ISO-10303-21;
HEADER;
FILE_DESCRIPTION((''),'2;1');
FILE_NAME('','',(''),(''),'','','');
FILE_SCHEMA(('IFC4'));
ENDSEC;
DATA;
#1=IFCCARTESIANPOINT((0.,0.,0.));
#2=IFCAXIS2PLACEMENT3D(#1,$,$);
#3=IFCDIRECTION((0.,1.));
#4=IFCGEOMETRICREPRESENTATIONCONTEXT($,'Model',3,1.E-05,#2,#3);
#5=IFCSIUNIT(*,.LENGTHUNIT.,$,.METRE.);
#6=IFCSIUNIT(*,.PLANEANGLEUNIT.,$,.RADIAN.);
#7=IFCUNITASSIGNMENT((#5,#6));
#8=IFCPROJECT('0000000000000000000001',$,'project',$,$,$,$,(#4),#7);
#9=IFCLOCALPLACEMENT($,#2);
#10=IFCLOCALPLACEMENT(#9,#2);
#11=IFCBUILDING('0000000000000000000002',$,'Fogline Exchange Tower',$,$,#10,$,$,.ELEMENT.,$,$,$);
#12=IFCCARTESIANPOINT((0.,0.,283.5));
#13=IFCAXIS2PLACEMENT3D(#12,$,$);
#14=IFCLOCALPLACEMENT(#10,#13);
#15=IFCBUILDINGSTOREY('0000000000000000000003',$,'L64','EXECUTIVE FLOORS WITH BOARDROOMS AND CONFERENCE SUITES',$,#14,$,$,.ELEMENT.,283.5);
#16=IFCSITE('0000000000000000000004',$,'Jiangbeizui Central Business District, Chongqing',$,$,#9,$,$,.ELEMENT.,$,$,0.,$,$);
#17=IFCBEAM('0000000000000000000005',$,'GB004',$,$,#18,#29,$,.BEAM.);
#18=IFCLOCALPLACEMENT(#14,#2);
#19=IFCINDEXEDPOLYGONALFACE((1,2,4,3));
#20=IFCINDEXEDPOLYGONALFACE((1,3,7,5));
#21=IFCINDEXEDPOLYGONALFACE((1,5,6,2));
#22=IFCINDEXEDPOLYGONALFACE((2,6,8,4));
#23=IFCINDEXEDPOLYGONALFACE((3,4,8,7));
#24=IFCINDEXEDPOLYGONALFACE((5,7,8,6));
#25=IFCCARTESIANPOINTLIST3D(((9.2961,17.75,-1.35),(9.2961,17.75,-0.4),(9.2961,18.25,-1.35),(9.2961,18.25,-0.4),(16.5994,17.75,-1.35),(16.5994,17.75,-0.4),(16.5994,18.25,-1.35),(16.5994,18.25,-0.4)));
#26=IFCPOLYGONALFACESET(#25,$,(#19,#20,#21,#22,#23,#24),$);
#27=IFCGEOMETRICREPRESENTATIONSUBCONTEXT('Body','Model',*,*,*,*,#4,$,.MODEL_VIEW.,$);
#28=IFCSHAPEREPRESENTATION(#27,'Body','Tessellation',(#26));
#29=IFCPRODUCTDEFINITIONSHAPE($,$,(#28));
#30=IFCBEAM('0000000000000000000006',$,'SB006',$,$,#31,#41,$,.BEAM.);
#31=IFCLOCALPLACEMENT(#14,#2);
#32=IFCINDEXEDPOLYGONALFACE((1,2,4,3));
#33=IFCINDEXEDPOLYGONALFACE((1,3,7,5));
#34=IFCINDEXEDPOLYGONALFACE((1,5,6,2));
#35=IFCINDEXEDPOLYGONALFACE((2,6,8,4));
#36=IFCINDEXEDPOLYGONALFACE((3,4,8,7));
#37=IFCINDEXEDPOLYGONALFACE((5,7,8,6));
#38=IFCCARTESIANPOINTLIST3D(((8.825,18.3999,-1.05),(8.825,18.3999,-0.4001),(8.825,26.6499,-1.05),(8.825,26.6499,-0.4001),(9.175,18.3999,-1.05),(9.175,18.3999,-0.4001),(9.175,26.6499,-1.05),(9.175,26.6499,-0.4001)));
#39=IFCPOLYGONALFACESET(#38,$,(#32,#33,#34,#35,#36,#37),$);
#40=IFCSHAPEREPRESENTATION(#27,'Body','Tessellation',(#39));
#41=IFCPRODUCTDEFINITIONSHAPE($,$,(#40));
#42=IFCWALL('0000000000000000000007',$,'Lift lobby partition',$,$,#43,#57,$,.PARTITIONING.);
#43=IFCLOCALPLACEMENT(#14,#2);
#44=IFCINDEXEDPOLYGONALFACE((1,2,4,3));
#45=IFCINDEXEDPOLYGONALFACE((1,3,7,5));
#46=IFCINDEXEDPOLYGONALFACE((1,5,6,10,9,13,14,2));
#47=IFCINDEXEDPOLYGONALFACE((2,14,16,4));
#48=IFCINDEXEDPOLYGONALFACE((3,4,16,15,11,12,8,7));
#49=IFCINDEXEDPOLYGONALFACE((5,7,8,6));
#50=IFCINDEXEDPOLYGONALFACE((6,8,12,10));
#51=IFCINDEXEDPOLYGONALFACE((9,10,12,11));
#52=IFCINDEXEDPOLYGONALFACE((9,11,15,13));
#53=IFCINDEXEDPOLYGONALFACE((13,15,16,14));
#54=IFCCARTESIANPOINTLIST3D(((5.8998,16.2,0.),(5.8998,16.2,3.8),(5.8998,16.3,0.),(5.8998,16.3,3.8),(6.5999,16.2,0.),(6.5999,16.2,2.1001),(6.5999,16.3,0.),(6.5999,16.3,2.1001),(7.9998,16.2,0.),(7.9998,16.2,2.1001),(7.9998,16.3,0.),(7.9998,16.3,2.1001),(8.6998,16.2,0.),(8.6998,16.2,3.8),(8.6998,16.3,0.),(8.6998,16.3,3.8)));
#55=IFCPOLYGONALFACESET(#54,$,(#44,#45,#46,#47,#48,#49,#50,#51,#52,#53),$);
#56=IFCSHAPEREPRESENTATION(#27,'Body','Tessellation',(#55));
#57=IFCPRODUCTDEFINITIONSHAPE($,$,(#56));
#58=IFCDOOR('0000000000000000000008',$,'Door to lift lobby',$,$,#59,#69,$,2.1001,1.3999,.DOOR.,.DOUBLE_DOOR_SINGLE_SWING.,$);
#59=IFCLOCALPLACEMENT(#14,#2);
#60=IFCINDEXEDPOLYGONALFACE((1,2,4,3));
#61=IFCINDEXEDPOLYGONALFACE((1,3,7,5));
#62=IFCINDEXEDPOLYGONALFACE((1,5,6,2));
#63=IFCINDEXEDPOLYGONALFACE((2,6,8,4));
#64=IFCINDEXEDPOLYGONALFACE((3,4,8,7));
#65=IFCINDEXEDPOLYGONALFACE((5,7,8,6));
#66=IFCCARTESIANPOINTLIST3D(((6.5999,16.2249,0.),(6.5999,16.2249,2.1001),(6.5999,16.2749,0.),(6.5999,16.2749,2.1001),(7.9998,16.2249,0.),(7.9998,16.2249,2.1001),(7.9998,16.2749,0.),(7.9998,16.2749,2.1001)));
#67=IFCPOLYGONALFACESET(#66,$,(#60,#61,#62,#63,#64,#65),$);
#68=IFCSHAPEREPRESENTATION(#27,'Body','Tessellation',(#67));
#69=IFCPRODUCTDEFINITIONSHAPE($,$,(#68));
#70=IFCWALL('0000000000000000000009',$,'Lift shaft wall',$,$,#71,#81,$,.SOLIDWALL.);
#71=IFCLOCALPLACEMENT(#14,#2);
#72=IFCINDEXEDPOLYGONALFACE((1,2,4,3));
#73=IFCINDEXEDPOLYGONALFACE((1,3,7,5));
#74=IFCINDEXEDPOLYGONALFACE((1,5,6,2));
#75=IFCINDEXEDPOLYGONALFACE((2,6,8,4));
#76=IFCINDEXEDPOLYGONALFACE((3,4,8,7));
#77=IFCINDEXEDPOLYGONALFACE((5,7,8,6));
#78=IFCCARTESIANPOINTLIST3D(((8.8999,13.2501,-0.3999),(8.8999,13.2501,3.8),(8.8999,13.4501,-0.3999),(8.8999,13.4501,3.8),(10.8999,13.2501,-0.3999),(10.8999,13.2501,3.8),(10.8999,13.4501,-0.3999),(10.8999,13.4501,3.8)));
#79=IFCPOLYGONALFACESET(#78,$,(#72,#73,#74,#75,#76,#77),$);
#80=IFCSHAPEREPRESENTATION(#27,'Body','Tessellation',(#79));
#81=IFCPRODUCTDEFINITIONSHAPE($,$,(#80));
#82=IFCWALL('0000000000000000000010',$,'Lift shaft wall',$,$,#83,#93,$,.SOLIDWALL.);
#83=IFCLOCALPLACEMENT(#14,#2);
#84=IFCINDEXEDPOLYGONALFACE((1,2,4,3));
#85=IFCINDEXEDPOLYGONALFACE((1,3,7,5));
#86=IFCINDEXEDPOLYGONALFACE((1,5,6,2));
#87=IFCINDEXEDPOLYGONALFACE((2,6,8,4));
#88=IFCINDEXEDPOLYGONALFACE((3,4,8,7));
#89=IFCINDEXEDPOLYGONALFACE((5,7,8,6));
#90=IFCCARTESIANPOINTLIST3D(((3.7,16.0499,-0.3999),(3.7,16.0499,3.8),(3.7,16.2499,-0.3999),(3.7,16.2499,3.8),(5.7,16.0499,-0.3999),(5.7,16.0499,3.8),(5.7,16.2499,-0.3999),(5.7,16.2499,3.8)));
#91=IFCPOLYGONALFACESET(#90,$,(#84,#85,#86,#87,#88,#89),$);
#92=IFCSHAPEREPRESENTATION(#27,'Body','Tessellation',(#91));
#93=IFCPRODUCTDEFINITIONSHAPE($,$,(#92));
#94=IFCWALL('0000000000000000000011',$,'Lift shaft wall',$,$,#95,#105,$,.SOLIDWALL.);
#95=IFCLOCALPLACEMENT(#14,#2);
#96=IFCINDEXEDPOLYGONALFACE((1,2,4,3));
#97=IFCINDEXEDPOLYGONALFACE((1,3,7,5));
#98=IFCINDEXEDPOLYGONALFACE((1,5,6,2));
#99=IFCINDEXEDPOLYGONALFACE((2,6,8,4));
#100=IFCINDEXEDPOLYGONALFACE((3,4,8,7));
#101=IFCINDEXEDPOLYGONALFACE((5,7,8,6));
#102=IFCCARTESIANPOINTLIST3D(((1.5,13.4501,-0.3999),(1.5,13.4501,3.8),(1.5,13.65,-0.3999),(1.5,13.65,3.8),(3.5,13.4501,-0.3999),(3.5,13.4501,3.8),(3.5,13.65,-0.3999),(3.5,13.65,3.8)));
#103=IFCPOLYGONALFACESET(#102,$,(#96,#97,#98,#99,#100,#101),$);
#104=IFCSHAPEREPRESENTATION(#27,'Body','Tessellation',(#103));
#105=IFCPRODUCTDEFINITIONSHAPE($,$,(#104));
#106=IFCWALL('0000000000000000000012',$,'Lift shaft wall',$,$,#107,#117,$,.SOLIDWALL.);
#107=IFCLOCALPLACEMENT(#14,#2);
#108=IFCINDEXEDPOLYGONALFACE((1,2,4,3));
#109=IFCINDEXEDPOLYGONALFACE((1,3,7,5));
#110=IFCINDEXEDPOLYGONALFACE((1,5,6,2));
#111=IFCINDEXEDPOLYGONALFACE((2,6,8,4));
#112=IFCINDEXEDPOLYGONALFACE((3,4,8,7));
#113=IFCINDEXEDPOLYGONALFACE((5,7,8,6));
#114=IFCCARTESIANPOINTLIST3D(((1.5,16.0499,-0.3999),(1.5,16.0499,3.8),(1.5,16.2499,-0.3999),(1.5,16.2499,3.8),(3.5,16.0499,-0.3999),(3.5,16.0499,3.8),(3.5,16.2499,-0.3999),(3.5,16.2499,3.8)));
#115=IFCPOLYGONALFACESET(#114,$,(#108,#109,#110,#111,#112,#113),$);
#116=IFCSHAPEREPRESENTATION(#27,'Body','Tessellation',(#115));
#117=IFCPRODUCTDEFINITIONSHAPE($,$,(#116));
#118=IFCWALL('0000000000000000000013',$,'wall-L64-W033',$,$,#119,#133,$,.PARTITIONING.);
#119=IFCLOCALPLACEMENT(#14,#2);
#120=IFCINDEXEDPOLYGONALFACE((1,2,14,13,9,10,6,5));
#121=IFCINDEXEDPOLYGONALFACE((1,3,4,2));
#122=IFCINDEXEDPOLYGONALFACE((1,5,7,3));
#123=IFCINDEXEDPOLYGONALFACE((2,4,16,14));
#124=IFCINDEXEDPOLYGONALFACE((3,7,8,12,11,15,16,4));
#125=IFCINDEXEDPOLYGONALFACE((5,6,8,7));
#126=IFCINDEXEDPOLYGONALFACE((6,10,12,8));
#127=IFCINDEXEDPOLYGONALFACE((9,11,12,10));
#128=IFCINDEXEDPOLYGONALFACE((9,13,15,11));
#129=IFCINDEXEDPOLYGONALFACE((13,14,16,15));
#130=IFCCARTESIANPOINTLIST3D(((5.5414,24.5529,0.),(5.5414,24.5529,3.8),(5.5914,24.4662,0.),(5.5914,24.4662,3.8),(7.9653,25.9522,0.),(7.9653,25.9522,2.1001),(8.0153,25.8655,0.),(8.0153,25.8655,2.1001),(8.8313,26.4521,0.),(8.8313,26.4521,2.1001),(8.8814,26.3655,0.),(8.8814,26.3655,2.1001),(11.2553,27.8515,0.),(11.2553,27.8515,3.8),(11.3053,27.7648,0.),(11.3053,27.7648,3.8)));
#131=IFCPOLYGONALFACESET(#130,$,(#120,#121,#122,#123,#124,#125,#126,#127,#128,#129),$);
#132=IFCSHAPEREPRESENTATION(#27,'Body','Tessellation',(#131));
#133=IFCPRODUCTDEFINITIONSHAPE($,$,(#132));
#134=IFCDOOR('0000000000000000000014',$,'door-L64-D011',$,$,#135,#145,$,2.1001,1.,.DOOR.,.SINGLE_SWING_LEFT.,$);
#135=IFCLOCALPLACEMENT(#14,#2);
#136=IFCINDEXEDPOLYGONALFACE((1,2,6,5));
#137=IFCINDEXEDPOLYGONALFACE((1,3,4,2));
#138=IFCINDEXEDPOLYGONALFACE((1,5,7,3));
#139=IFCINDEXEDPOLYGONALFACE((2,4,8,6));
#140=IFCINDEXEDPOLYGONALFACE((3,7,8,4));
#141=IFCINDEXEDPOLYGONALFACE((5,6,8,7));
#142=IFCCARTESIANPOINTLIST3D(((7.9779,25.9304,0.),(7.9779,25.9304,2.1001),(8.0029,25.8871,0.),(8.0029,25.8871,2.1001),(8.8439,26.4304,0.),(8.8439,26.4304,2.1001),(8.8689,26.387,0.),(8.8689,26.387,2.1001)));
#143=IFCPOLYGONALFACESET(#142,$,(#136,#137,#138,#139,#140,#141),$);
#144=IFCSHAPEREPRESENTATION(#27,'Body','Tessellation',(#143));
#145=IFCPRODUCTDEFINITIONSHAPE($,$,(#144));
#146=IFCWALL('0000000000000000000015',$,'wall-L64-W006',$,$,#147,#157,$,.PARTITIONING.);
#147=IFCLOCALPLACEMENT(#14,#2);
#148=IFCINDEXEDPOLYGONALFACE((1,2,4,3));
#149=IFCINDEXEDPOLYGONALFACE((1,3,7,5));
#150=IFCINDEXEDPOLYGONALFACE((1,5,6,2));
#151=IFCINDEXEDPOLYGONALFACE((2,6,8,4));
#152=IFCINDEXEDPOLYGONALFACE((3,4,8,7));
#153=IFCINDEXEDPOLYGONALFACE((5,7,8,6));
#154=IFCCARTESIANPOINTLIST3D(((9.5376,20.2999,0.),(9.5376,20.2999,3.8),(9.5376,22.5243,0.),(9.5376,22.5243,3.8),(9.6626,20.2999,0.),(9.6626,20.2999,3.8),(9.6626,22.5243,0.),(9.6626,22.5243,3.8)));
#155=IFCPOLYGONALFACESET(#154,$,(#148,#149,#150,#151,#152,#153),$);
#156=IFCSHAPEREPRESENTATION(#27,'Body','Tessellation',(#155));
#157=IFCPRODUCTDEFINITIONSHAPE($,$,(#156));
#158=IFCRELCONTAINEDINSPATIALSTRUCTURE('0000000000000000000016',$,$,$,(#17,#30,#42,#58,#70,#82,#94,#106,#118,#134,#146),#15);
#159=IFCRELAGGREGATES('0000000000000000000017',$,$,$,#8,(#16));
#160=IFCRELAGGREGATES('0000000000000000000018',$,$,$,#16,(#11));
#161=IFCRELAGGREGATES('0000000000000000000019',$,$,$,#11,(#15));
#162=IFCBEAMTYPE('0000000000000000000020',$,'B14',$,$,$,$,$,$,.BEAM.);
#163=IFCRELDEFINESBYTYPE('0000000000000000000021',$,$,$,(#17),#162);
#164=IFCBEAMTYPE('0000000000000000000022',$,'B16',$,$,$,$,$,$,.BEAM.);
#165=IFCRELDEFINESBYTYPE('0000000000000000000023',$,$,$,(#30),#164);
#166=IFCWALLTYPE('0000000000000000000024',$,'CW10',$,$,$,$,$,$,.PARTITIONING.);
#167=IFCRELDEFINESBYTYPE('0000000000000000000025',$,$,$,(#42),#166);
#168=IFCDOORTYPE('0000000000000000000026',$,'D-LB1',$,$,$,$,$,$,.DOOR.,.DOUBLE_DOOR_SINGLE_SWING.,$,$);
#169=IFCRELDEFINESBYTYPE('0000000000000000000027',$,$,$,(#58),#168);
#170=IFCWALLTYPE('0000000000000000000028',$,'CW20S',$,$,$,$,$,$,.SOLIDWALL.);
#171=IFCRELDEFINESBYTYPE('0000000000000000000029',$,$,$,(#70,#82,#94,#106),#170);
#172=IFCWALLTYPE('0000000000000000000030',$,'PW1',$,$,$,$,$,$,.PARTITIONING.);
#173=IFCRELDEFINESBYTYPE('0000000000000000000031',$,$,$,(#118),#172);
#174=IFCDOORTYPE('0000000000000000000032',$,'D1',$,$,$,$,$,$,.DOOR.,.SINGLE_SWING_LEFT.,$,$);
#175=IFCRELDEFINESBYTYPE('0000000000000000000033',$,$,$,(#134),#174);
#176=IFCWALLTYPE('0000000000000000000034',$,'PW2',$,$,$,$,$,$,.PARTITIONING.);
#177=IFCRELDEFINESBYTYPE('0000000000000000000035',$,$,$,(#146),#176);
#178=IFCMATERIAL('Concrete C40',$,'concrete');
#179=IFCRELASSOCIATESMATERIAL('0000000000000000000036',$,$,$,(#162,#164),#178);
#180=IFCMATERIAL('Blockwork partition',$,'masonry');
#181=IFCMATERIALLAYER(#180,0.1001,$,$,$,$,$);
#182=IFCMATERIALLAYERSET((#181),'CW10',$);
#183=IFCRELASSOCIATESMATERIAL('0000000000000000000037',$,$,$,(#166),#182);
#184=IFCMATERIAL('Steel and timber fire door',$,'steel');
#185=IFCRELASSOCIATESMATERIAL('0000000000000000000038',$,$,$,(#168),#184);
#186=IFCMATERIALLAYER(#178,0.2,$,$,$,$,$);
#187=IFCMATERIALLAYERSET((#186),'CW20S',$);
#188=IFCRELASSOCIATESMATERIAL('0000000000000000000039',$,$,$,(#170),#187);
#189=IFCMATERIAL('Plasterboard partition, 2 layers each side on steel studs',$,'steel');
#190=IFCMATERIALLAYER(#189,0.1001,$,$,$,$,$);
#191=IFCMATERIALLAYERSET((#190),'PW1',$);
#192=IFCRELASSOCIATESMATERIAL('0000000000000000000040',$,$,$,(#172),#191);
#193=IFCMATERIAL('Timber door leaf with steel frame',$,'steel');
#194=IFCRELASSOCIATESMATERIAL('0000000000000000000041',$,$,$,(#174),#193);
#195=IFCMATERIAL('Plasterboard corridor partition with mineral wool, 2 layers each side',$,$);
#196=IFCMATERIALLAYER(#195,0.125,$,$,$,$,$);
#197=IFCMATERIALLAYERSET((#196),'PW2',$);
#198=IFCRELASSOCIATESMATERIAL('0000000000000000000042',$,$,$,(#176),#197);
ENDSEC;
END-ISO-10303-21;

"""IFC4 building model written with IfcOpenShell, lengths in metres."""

from ifc_helpers import new_model, si_unit, direction, frame, frame_2d, origin, origin_2d, place, context, subcontext, project, spatial, rectangle, extrude, material, layer, layer_set, material_profile, profile_set, type_object, element, fill, save


model = new_model("IFC4")

# Units and contexts
model_context = context("Model", 3, precision=1e-05, world=origin(), true_north=direction((0.0, 1.0)))
body_context = subcontext(model_context, "Body", "Model", "MODEL_VIEW")
ifc_project = project(units=[si_unit("LENGTHUNIT", "METRE"), si_unit("PLANEANGLEUNIT", "RADIAN")], contexts=[model_context])

# Site, building, storey
site_placement = place(None, origin())
site = spatial("IfcSite", under=ifc_project, at=site_placement, Name="Jiangbeizui Central Business District, Chongqing", CompositionType="ELEMENT", RefElevation=0.0)
building_placement = place(site_placement, origin())
building = spatial("IfcBuilding", under=site, at=building_placement, Name="Fogline Exchange Tower", CompositionType="ELEMENT")
storey_placement = place(building_placement, frame((0.0, 0.0, 283.5)))
storey = spatial("IfcBuildingStorey", under=building, at=storey_placement, Name="L64", Description="EXECUTIVE FLOORS WITH BOARDROOMS AND CONFERENCE SUITES", CompositionType="ELEMENT", Elevation=283.5)

# Beams
ifc_material_1 = material(Name="Concrete C40", Category="concrete")
ifc_material_profile_1 = material_profile(ifc_material_1, rectangle(XDim=0.5, YDim=0.95, at=origin_2d()), Name="RC 500x950")
ifc_profile_set_1 = profile_set([ifc_material_profile_1], Name="Concrete C40")
beam_type_1 = type_object("IfcBeamType", Name="B14", PredefinedType="BEAM", material=ifc_profile_set_1)
beam_1_placement = place(storey_placement, frame((9.2961, 18.0, -0.875), z_axis=(1.0, 0.0, 0.0), x_axis=(0.0, 1.0, 0.0)))
element("IfcBeam", 1, at=beam_1_placement, inside=storey, type_object=beam_type_1, Name="GB004", PredefinedType="BEAM", context=body_context, shape_type="SweptSolid", body=[
    extrude(rectangle(XDim=0.5, YDim=0.95, at=origin_2d()), origin(), (0.0, 0.0, 1.0), 7.3032),
])
ifc_material_profile_2 = material_profile(ifc_material_1, rectangle(XDim=0.3501, YDim=0.6499, at=origin_2d()), Name="RC 350x650")
ifc_profile_set_2 = profile_set([ifc_material_profile_2], Name="Concrete C40")
beam_type_2 = type_object("IfcBeamType", Name="B16", PredefinedType="BEAM", material=ifc_profile_set_2)
beam_2_placement = place(storey_placement, frame((9.0, 18.3999, -0.7251), z_axis=(0.0, 1.0, 0.0), x_axis=(-1.0, 0.0, 0.0)))
element("IfcBeam", 2, at=beam_2_placement, inside=storey, type_object=beam_type_2, Name="SB006", PredefinedType="BEAM", context=body_context, shape_type="SweptSolid", body=[
    extrude(rectangle(XDim=0.3501, YDim=0.6499, at=origin_2d()), origin(), (0.0, 0.0, 1.0), 8.25),
])

# Wall, opening, door
ifc_material_2 = material(Name="Blockwork partition", Category="masonry")
ifc_layer_1 = layer(ifc_material_2, 0.1001)
ifc_layer_set_1 = layer_set([ifc_layer_1], Name="CW10")
wall_type_1 = type_object("IfcWallType", Name="CW10", PredefinedType="PARTITIONING", material=ifc_layer_set_1)
wall_1_placement = place(storey_placement, frame((5.8999, 16.25, 0.0), z_axis=(0.0, 0.0, 1.0), x_axis=(1.0, 0.0, 0.0)))
wall_1 = element("IfcWall", 3, at=wall_1_placement, inside=storey, type_object=wall_type_1, Name="Lift lobby partition", PredefinedType="PARTITIONING", context=body_context, shape_type="SweptSolid", body=[
    extrude(rectangle(XDim=2.8, YDim=0.1001, at=frame_2d((1.3999, 0.0))), origin(), (0.0, 0.0, 1.0), 3.8),
])
opening_1_placement = place(wall_1_placement, frame((0.7, 0.0, 0.0)))
opening_1 = element("IfcOpeningElement", 4, at=opening_1_placement, cuts=wall_1, PredefinedType="OPENING", context=body_context, shape_type="SweptSolid", body=[
    extrude(rectangle(XDim=1.3999, YDim=2.1001, at=frame_2d((0.7, 1.05))), frame((0.0, 0.0601, 0.0), z_axis=(0.0, -1.0, 0.0), x_axis=(1.0, 0.0, 0.0)), (0.0, 0.0, 1.0), 0.1201),
])
ifc_material_3 = material(Name="Steel and timber fire door", Category="steel")
door_type_1 = type_object("IfcDoorType", Name="D-LB1", OperationType="DOUBLE_DOOR_SINGLE_SWING", PredefinedType="DOOR", material=ifc_material_3)
door_1_placement = place(opening_1_placement, origin())
door_1 = element("IfcDoor", 5, at=door_1_placement, inside=storey, type_object=door_type_1, Name="Door to lift lobby", OperationType="DOUBLE_DOOR_SINGLE_SWING", OverallHeight=2.1001, OverallWidth=1.3999, PredefinedType="DOOR", context=body_context, shape_type="SweptSolid", body=[
    extrude(rectangle(XDim=1.3999, YDim=2.1001, at=frame_2d((0.7, 1.05))), frame((0.0, 0.0249, 0.0), z_axis=(0.0, -1.0, 0.0), x_axis=(1.0, 0.0, 0.0)), (0.0, 0.0, 1.0), 0.05),
])
fill(opening_1, door_1)

# Walls
ifc_layer_2 = layer(ifc_material_1, 0.2)
ifc_layer_set_2 = layer_set([ifc_layer_2], Name="CW20S")
wall_type_2 = type_object("IfcWallType", Name="CW20S", PredefinedType="SOLIDWALL", material=ifc_layer_set_2)
for number, where, z_axis, x_axis, name in (
    (6, (8.8999, 13.3501, -0.3999), (0.0, 0.0, 1.0), (1.0, 0.0, 0.0), "Lift shaft wall"),
    (7, (3.7, 16.1499, -0.3999), (0.0, 0.0, 1.0), (1.0, 0.0, 0.0), "Lift shaft wall"),
    (8, (1.5, 13.55, -0.3999), (0.0, 0.0, 1.0), (1.0, 0.0, 0.0), "Lift shaft wall"),
    (9, (1.5, 16.1499, -0.3999), (0.0, 0.0, 1.0), (1.0, 0.0, 0.0), "Lift shaft wall"),
):
    element("IfcWall", number, at=place(storey_placement, frame(where, z_axis=z_axis, x_axis=x_axis)), inside=storey, type_object=wall_type_2, Name=name, PredefinedType="SOLIDWALL", context=body_context, shape_type="SweptSolid", body=[
        extrude(rectangle(XDim=2.0, YDim=0.2, at=frame_2d((1.0, 0.0))), origin(), (0.0, 0.0, 1.0), 4.2),
    ])

# Wall, opening, door
ifc_material_4 = material(Name="Plasterboard partition, 2 layers each side on steel studs", Category="steel")
ifc_layer_3 = layer(ifc_material_4, 0.1001)
ifc_layer_set_3 = layer_set([ifc_layer_3], Name="PW1")
wall_type_3 = type_object("IfcWallType", Name="PW1", PredefinedType="PARTITIONING", material=ifc_layer_set_3)
wall_2_placement = place(storey_placement, frame((5.5664, 24.5095, 0.0), z_axis=(0.0, 0.0, 1.0), x_axis=(0.866046, 0.499964, 0.0)))
wall_2 = element("IfcWall", 10, at=wall_2_placement, inside=storey, type_object=wall_type_3, Name="wall-L64-W033", PredefinedType="PARTITIONING", context=body_context, shape_type="SweptSolid", body=[
    extrude(rectangle(XDim=6.5977, YDim=0.1001, at=frame_2d((3.2988, 0.0))), origin(), (0.0, 0.0, 1.0), 3.8),
])
opening_2_placement = place(wall_2_placement, frame((2.7988, 0.0, 0.0)))
opening_2 = element("IfcOpeningElement", 11, at=opening_2_placement, cuts=wall_2, PredefinedType="OPENING", context=body_context, shape_type="SweptSolid", body=[
    extrude(rectangle(XDim=1.0, YDim=2.1001, at=frame_2d((0.5, 1.05))), frame((0.0, 0.0601, 0.0), z_axis=(0.0, -1.0, 0.0), x_axis=(1.0, 0.0, 0.0)), (0.0, 0.0, 1.0), 0.1201),
])
ifc_material_5 = material(Name="Timber door leaf with steel frame", Category="steel")
door_type_2 = type_object("IfcDoorType", Name="D1", OperationType="SINGLE_SWING_LEFT", PredefinedType="DOOR", material=ifc_material_5)
door_2_placement = place(opening_2_placement, origin())
door_2 = element("IfcDoor", 12, at=door_2_placement, inside=storey, type_object=door_type_2, Name="door-L64-D011", OperationType="SINGLE_SWING_LEFT", OverallHeight=2.1001, OverallWidth=1.0, PredefinedType="DOOR", context=body_context, shape_type="SweptSolid", body=[
    extrude(rectangle(XDim=1.0, YDim=2.1001, at=frame_2d((0.5, 1.05))), frame((0.0, 0.0249, 0.0), z_axis=(0.0, -1.0, 0.0), x_axis=(1.0, 0.0, 0.0)), (0.0, 0.0, 1.0), 0.05),
])
fill(opening_2, door_2)

# Wall
ifc_material_6 = material(Name="Plasterboard corridor partition with mineral wool, 2 layers each side")
ifc_layer_4 = layer(ifc_material_6, 0.125)
ifc_layer_set_4 = layer_set([ifc_layer_4], Name="PW2")
wall_type_4 = type_object("IfcWallType", Name="PW2", PredefinedType="PARTITIONING", material=ifc_layer_set_4)
wall_3_placement = place(storey_placement, frame((9.6001, 22.5244, 0.0), z_axis=(0.0, 0.0, 1.0), x_axis=(0.0, -1.0, 0.0)))
element("IfcWall", 13, at=wall_3_placement, inside=storey, type_object=wall_type_4, Name="wall-L64-W006", PredefinedType="PARTITIONING", context=body_context, shape_type="SweptSolid", body=[
    extrude(rectangle(XDim=2.2244, YDim=0.125, at=frame_2d((1.1123, 0.0))), origin(), (0.0, 0.0, 1.0), 3.8),
])

save(model, "model.ifc")
